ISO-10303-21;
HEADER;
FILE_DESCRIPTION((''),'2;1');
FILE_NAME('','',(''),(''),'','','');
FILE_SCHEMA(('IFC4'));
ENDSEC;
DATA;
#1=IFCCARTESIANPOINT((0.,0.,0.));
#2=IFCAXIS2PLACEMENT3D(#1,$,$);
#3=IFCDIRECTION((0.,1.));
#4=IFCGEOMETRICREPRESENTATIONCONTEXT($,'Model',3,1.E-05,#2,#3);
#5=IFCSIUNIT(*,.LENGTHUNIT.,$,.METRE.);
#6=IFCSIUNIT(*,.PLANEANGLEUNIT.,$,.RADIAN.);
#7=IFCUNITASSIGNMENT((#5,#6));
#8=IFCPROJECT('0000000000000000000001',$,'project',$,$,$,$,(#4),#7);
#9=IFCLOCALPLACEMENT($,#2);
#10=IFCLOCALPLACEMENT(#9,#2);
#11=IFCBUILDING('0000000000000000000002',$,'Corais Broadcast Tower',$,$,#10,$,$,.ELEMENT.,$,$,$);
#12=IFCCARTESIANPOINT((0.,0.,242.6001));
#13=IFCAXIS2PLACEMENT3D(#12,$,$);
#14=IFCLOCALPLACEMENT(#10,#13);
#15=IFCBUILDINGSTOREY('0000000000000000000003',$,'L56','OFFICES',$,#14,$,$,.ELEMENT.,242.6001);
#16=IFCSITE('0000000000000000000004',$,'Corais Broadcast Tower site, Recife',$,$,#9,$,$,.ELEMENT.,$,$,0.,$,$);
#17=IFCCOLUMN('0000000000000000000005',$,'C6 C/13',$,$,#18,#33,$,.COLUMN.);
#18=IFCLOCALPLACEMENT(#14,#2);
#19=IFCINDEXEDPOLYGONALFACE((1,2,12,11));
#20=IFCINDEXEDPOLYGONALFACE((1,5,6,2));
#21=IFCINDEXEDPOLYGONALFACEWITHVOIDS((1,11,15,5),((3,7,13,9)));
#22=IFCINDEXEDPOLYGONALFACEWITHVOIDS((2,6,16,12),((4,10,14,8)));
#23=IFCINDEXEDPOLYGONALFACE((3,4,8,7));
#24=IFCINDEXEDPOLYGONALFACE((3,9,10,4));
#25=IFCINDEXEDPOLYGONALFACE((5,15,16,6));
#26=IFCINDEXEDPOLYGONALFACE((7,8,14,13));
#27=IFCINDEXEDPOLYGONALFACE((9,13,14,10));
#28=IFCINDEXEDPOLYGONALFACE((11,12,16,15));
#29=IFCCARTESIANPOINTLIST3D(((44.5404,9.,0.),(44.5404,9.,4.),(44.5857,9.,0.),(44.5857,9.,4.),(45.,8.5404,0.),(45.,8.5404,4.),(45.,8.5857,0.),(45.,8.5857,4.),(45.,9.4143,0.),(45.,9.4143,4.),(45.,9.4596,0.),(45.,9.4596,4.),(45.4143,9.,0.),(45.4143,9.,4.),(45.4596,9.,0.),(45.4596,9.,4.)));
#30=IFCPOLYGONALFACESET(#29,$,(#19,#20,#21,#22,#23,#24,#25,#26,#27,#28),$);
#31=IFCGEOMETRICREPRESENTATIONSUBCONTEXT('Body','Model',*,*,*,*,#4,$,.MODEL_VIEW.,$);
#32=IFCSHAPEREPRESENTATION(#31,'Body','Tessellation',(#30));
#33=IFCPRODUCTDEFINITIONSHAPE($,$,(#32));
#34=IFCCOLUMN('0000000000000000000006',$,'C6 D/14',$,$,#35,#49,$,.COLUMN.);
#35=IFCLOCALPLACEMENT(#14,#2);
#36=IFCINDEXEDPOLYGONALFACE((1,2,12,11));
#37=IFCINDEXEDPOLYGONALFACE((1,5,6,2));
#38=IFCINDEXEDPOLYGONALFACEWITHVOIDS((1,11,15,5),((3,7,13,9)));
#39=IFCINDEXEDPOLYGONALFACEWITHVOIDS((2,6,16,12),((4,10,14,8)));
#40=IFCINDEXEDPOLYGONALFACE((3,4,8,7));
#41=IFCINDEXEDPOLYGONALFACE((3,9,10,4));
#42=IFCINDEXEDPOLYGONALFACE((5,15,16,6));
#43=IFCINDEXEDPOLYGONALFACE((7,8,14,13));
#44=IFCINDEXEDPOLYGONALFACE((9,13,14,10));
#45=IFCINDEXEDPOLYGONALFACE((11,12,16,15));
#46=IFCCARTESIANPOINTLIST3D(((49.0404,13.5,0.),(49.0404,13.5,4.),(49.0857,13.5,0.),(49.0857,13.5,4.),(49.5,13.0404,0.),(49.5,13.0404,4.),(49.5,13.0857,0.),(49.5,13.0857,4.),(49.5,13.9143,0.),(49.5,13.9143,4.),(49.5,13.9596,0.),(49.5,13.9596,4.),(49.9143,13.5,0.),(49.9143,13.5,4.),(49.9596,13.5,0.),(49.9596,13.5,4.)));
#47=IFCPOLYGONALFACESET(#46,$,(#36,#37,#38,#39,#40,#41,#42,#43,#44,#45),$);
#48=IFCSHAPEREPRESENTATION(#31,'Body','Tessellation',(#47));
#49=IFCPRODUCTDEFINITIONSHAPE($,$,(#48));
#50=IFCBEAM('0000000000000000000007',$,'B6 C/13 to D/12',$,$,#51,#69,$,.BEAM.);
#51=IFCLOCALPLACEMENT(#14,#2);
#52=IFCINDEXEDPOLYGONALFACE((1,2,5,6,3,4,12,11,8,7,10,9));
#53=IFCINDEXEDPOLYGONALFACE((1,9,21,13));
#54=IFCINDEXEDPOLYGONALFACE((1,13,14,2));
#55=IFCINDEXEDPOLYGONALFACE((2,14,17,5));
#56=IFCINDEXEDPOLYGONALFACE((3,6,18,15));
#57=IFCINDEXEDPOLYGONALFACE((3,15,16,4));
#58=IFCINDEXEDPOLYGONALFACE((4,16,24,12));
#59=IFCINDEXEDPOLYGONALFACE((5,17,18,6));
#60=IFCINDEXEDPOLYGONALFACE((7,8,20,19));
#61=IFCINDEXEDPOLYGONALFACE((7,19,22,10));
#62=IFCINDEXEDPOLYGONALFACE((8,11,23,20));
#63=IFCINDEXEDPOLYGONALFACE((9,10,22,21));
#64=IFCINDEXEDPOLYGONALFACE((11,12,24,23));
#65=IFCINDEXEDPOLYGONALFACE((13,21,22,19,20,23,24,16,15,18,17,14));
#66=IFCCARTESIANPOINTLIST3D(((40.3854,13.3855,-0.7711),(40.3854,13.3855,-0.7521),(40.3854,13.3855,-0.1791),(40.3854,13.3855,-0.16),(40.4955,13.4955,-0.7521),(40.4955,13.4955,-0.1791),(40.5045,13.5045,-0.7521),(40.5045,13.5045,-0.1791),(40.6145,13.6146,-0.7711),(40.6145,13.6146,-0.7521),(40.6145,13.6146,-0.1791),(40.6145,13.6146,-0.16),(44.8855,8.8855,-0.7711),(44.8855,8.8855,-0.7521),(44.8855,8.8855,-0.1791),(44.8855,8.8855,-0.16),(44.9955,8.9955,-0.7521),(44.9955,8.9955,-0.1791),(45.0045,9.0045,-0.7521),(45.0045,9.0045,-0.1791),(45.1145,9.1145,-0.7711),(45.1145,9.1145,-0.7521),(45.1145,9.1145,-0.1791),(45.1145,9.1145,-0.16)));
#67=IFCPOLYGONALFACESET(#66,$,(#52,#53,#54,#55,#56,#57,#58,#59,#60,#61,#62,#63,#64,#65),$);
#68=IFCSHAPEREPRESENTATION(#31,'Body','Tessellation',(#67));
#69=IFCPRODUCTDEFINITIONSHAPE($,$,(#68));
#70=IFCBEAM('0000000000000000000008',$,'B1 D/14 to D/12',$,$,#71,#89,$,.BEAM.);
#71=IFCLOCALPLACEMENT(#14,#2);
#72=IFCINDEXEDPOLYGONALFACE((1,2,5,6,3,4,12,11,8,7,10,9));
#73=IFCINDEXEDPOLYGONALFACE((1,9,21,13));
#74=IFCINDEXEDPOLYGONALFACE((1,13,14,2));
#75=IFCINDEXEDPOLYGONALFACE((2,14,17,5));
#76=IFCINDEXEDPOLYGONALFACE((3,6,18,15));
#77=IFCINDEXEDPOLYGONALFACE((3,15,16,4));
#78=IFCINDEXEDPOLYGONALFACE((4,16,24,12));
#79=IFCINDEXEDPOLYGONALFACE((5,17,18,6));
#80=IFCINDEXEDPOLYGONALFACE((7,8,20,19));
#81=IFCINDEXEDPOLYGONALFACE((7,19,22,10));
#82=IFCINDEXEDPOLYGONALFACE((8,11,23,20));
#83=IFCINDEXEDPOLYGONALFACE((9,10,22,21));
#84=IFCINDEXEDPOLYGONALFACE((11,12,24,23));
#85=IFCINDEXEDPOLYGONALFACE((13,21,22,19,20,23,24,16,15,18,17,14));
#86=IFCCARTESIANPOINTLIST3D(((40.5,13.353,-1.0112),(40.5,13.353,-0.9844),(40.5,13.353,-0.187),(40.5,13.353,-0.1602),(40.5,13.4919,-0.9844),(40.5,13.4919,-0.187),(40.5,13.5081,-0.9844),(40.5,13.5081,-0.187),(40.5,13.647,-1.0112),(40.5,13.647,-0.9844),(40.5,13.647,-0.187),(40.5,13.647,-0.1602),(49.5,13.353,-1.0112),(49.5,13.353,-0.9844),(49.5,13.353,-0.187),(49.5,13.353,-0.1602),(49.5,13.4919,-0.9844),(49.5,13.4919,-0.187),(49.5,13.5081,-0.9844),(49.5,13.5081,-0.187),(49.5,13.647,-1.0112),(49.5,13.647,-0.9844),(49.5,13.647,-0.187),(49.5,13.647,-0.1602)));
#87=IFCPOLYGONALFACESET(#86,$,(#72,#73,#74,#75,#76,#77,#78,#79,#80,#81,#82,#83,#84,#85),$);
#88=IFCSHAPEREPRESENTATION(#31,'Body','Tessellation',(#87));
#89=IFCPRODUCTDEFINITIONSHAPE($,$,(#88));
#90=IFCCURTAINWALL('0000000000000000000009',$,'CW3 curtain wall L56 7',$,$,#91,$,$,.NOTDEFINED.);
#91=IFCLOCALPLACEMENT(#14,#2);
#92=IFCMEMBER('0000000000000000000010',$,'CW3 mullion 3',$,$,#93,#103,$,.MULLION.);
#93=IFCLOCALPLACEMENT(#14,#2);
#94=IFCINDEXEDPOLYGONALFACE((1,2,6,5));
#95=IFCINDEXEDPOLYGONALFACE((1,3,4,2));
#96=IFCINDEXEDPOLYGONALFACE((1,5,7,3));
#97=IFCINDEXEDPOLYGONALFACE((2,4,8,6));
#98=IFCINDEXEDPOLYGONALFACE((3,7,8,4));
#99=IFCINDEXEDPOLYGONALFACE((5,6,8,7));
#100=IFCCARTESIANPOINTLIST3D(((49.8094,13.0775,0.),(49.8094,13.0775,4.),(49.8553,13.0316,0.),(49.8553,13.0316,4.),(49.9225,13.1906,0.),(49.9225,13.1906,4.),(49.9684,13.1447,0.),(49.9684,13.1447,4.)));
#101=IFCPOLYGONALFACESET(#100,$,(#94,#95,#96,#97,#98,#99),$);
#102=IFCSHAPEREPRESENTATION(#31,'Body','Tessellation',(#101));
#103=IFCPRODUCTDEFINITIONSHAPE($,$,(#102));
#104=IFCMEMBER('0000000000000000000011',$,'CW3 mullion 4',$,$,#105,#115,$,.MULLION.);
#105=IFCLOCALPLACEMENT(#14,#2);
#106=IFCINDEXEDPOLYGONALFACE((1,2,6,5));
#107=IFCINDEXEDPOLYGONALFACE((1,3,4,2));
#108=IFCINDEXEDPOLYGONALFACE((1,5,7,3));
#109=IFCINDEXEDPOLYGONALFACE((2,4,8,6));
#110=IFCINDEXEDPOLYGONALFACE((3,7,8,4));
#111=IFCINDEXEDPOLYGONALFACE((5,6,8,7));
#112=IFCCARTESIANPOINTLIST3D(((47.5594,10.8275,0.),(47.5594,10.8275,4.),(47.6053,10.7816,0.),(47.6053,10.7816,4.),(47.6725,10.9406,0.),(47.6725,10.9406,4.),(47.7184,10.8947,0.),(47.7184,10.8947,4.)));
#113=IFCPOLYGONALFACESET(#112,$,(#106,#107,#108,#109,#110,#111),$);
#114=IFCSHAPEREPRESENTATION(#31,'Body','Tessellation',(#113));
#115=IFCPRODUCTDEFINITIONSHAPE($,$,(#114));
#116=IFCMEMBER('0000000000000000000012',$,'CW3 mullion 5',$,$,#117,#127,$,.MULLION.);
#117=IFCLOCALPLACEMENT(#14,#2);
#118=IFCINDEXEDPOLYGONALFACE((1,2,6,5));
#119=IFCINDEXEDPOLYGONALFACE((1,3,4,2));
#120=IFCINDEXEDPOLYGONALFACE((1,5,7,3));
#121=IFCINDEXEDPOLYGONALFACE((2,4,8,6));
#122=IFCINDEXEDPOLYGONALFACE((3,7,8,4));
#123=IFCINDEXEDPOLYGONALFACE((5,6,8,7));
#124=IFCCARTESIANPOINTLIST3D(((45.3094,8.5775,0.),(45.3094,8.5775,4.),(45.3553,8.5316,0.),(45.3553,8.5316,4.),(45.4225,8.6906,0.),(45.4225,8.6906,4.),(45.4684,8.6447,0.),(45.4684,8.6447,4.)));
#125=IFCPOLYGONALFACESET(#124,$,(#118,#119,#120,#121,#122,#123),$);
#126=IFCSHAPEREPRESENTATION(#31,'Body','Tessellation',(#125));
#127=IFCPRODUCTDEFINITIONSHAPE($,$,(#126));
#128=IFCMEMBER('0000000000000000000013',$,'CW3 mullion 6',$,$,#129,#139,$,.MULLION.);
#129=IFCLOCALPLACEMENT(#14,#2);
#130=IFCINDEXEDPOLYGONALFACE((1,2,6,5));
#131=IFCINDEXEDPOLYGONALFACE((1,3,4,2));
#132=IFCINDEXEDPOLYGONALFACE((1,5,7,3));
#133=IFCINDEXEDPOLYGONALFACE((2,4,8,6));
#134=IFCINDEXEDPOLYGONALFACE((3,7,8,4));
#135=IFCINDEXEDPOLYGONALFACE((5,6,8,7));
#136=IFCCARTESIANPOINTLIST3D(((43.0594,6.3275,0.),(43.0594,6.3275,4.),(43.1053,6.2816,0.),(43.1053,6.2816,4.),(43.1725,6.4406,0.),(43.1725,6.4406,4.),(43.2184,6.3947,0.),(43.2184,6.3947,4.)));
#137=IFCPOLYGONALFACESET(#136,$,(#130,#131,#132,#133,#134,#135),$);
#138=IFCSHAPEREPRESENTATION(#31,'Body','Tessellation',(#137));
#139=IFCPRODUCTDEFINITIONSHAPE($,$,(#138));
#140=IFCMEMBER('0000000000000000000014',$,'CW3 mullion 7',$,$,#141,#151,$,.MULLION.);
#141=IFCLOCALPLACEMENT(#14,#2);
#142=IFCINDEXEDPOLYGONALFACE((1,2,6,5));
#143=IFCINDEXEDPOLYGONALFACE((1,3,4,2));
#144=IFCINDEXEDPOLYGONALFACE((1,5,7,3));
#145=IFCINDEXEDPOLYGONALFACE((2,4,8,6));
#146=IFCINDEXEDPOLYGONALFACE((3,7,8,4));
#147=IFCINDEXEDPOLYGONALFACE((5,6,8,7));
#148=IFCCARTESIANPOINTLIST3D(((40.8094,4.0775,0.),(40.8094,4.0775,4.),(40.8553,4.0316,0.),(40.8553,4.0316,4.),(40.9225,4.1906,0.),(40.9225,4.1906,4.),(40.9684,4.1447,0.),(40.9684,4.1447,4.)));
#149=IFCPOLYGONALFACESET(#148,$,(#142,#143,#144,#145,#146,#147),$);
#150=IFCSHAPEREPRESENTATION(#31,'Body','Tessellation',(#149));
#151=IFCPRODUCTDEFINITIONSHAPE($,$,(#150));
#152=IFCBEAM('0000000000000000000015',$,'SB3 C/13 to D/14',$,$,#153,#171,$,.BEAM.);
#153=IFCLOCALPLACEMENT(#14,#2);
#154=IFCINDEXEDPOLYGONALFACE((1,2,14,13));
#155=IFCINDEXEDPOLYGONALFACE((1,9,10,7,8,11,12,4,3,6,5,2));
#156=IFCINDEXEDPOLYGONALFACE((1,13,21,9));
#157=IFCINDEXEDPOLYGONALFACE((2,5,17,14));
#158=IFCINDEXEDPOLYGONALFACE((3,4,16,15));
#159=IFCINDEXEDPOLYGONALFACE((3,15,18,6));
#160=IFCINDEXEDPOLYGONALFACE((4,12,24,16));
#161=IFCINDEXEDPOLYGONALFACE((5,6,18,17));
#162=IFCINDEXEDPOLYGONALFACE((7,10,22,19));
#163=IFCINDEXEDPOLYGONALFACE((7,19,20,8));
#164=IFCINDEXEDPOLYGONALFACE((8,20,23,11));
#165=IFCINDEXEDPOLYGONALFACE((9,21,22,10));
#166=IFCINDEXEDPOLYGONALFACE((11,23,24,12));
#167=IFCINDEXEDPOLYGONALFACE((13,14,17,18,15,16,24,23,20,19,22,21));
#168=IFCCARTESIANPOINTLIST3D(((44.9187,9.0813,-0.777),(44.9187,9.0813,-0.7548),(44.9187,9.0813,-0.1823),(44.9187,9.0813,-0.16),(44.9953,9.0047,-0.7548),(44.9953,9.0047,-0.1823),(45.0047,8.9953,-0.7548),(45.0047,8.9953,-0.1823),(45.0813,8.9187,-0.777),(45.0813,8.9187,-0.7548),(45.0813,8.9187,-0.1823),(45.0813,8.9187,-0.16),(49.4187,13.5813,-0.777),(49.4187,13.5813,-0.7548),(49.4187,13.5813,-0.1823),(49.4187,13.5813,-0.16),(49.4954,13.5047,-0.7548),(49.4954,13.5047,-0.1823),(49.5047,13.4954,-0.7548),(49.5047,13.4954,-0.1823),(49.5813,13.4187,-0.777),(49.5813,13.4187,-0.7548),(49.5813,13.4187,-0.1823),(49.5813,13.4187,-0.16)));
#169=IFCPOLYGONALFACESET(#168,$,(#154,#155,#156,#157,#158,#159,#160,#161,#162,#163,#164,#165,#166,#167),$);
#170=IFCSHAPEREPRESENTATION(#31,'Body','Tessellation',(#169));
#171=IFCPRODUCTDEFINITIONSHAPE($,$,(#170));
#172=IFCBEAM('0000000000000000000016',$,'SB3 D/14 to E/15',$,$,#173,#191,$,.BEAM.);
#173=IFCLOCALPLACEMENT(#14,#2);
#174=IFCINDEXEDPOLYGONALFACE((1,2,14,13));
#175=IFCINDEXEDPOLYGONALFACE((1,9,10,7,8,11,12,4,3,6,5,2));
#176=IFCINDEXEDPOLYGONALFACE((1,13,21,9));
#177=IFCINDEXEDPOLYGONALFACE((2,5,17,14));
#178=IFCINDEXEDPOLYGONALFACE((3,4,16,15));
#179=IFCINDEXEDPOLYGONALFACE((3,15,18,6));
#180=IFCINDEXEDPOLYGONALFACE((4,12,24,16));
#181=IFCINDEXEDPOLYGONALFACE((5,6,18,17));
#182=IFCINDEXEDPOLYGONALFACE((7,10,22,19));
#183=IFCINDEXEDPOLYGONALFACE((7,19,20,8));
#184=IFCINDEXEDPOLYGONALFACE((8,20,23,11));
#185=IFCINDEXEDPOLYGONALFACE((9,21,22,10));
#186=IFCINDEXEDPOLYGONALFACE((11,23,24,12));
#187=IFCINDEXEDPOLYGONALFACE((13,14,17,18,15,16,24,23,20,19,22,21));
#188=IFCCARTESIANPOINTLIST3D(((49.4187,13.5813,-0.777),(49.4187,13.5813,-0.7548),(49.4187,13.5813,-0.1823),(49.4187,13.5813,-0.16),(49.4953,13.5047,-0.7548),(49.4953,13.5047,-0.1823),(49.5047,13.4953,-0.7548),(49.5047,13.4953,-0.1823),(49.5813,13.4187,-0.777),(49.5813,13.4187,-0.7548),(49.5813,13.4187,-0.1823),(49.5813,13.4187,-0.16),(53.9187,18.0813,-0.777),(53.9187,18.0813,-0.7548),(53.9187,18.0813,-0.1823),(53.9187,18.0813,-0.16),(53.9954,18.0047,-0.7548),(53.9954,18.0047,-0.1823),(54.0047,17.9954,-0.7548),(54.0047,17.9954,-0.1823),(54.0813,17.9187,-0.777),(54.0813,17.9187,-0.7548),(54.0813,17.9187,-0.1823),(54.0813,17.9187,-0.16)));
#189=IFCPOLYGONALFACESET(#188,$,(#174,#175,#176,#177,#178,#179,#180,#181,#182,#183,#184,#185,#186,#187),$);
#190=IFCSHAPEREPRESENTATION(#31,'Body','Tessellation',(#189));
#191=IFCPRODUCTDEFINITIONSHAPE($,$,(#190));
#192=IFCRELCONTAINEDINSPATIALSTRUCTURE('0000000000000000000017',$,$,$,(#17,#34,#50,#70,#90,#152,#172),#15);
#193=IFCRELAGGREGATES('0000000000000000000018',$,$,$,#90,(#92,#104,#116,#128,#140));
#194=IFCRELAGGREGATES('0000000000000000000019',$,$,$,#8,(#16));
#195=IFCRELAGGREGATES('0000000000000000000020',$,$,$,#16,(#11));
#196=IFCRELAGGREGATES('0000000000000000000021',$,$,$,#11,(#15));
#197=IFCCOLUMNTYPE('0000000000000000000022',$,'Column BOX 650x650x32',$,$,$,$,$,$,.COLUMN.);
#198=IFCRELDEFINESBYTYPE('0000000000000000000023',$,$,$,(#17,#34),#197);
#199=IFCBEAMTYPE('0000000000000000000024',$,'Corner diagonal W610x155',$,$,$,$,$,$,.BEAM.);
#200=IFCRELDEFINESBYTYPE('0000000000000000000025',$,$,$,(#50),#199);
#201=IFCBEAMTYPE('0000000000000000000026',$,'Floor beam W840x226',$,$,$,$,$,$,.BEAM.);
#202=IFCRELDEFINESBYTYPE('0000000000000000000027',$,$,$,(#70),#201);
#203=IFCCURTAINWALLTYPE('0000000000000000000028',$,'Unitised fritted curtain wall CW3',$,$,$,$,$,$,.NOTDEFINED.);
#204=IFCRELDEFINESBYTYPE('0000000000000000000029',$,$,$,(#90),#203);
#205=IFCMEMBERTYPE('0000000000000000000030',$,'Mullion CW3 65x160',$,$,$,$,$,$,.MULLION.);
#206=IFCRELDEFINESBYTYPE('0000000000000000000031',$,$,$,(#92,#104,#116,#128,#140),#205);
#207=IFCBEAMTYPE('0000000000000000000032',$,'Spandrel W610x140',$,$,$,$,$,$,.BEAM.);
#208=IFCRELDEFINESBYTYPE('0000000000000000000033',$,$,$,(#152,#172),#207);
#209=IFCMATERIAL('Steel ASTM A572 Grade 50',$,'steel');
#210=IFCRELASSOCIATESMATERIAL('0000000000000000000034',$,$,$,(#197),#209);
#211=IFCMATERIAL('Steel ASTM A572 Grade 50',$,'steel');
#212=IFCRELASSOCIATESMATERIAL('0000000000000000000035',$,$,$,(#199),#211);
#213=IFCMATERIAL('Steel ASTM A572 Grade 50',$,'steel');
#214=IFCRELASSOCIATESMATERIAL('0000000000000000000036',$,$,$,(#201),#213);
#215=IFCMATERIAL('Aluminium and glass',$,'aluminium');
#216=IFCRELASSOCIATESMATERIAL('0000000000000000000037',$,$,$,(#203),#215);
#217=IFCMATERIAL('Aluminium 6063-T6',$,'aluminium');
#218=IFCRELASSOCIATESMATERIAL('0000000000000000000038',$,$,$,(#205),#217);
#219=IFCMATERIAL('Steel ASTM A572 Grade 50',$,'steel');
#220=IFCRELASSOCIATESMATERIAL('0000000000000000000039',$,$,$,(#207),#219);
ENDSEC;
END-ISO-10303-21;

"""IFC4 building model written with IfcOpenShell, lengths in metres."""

from ifc_helpers import new_model, si_unit, direction, frame, origin, origin_2d, place, context, subcontext, project, spatial, rectangle, hollow_rectangle, i_section, extrude, material, material_profile, profile_set, type_object, element, aggregate, save


model = new_model("IFC4")

# Units and contexts
model_context = context("Model", 3, precision=1e-05, world=origin(), true_north=direction((0.0, 1.0)))
body_context = subcontext(model_context, "Body", "Model", "MODEL_VIEW")
ifc_project = project(units=[si_unit("LENGTHUNIT", "METRE"), si_unit("PLANEANGLEUNIT", "RADIAN")], contexts=[model_context])

# Site, building, storey
site_placement = place(None, origin())
site = spatial("IfcSite", under=ifc_project, at=site_placement, Name="Corais Broadcast Tower site, Recife", CompositionType="ELEMENT", RefElevation=0.0)
building_placement = place(site_placement, origin())
building = spatial("IfcBuilding", under=site, at=building_placement, Name="Corais Broadcast Tower", CompositionType="ELEMENT")
storey_placement = place(building_placement, frame((0.0, 0.0, 242.6001)))
storey = spatial("IfcBuildingStorey", under=building, at=storey_placement, Name="L56", Description="OFFICES", CompositionType="ELEMENT", Elevation=242.6001)

# Columns
ifc_material_1 = material(Name="Steel ASTM A572 Grade 50", Category="steel")
ifc_material_profile_1 = material_profile(ifc_material_1, hollow_rectangle(XDim=0.6499, YDim=0.6499, WallThickness=0.032, at=origin_2d()), Name="BOX 650x650x32")
ifc_profile_set_1 = profile_set([ifc_material_profile_1], Name="Steel ASTM A572 Grade 50")
column_type = type_object("IfcColumnType", Name="Column BOX 650x650x32", PredefinedType="COLUMN", material=ifc_profile_set_1)
for number, where, z_axis, x_axis, name in (
    (1, (45.0, 9.0, 0.0), (0.0, 0.0, 1.0), (0.707107, 0.707107, 0.0), "C6 C/13"),
    (2, (49.5, 13.5, 0.0), (0.0, 0.0, 1.0), (0.707107, 0.707107, 0.0), "C6 D/14"),
):
    element("IfcColumn", number, at=place(storey_placement, frame(where, z_axis=z_axis, x_axis=x_axis)), inside=storey, type_object=column_type, Name=name, PredefinedType="COLUMN", context=body_context, shape_type="SweptSolid", body=[
        extrude(hollow_rectangle(XDim=0.6499, YDim=0.6499, WallThickness=0.032, at=origin_2d()), origin(), (0.0, 0.0, 1.0), 4.0),
    ])

# Beams
ifc_material_2 = material(Name="Steel ASTM A572 Grade 50", Category="steel")
ifc_material_profile_2 = material_profile(ifc_material_2, i_section(OverallWidth=0.324, OverallDepth=0.6111, WebThickness=0.0127, FlangeThickness=0.019, at=origin_2d()), Name="W610x155")
ifc_profile_set_2 = profile_set([ifc_material_profile_2], Name="Steel ASTM A572 Grade 50")
beam_type_1 = type_object("IfcBeamType", Name="Corner diagonal W610x155", PredefinedType="BEAM", material=ifc_profile_set_2)
beam_1_placement = place(storey_placement, frame((45.0, 9.0, -0.4656), z_axis=(-0.707107, 0.707107, 0.0), x_axis=(-0.707107, -0.707107, 0.0)))
element("IfcBeam", 3, at=beam_1_placement, inside=storey, type_object=beam_type_1, Name="B6 C/13 to D/12", PredefinedType="BEAM", context=body_context, shape_type="SweptSolid", body=[
    extrude(i_section(OverallWidth=0.324, OverallDepth=0.6111, WebThickness=0.0127, FlangeThickness=0.019, at=origin_2d()), origin(), (0.0, 0.0, 1.0), 6.364),
])
ifc_material_3 = material(Name="Steel ASTM A572 Grade 50", Category="steel")
ifc_material_profile_3 = material_profile(ifc_material_3, i_section(OverallWidth=0.2939, OverallDepth=0.8511, WebThickness=0.0161, FlangeThickness=0.0269, at=origin_2d()), Name="W840x226")
ifc_profile_set_3 = profile_set([ifc_material_profile_3], Name="Steel ASTM A572 Grade 50")
beam_type_2 = type_object("IfcBeamType", Name="Floor beam W840x226", PredefinedType="BEAM", material=ifc_profile_set_3)
beam_2_placement = place(storey_placement, frame((49.5, 13.5, -0.5857), z_axis=(-1.0, 0.0, 0.0), x_axis=(0.0, -1.0, 0.0)))
element("IfcBeam", 4, at=beam_2_placement, inside=storey, type_object=beam_type_2, Name="B1 D/14 to D/12", PredefinedType="BEAM", context=body_context, shape_type="SweptSolid", body=[
    extrude(i_section(OverallWidth=0.2939, OverallDepth=0.8511, WebThickness=0.0161, FlangeThickness=0.0269, at=origin_2d()), origin(), (0.0, 0.0, 1.0), 9.0),
])

# Curtain wall, members
ifc_material_4 = material(Name="Aluminium and glass", Category="aluminium")
curtain_wall_type = type_object("IfcCurtainWallType", Name="Unitised fritted curtain wall CW3", PredefinedType="NOTDEFINED", material=ifc_material_4)
curtain_wall_placement = place(storey_placement, origin())
curtain_wall = element("IfcCurtainWall", 5, at=curtain_wall_placement, inside=storey, type_object=curtain_wall_type, Name="CW3 curtain wall L56 7", PredefinedType="NOTDEFINED")
ifc_material_5 = material(Name="Aluminium 6063-T6", Category="aluminium")
ifc_material_profile_4 = material_profile(ifc_material_5, rectangle(XDim=0.0649, YDim=0.1599, at=origin_2d()), Name="Mullion CW3 65x160")
ifc_profile_set_4 = profile_set([ifc_material_profile_4], Name="Aluminium 6063-T6")
member_type_1 = type_object("IfcMemberType", Name="Mullion CW3 65x160", PredefinedType="MULLION", material=ifc_profile_set_4)
member_1_placement = place(storey_placement, frame((49.8889, 13.1111, 0.0), z_axis=(0.0, 0.0, 1.0), x_axis=(0.707107, -0.707107, 0.0)))
member_1 = element("IfcMember", 6, at=member_1_placement, type_object=member_type_1, Name="CW3 mullion 3", PredefinedType="MULLION", context=body_context, shape_type="SweptSolid", body=[
    extrude(rectangle(XDim=0.0649, YDim=0.1599, at=origin_2d()), origin(), (0.0, 0.0, 1.0), 4.0),
])
member_2_placement = place(storey_placement, frame((47.6389, 10.8611, 0.0), z_axis=(0.0, 0.0, 1.0), x_axis=(0.707107, -0.707107, 0.0)))
member_2 = element("IfcMember", 7, at=member_2_placement, type_object=member_type_1, Name="CW3 mullion 4", PredefinedType="MULLION", context=body_context, shape_type="SweptSolid", body=[
    extrude(rectangle(XDim=0.0649, YDim=0.1599, at=origin_2d()), origin(), (0.0, 0.0, 1.0), 4.0),
])
member_3_placement = place(storey_placement, frame((45.3889, 8.6111, 0.0), z_axis=(0.0, 0.0, 1.0), x_axis=(0.707107, -0.707107, 0.0)))
member_3 = element("IfcMember", 8, at=member_3_placement, type_object=member_type_1, Name="CW3 mullion 5", PredefinedType="MULLION", context=body_context, shape_type="SweptSolid", body=[
    extrude(rectangle(XDim=0.0649, YDim=0.1599, at=origin_2d()), origin(), (0.0, 0.0, 1.0), 4.0),
])
member_4_placement = place(storey_placement, frame((43.1389, 6.3611, 0.0), z_axis=(0.0, 0.0, 1.0), x_axis=(0.707107, -0.707107, 0.0)))
member_4 = element("IfcMember", 9, at=member_4_placement, type_object=member_type_1, Name="CW3 mullion 6", PredefinedType="MULLION", context=body_context, shape_type="SweptSolid", body=[
    extrude(rectangle(XDim=0.0649, YDim=0.1599, at=origin_2d()), origin(), (0.0, 0.0, 1.0), 4.0),
])
member_5_placement = place(storey_placement, frame((40.8889, 4.1111, 0.0), z_axis=(0.0, 0.0, 1.0), x_axis=(0.707107, -0.707107, 0.0)))
member_5 = element("IfcMember", 10, at=member_5_placement, type_object=member_type_1, Name="CW3 mullion 7", PredefinedType="MULLION", context=body_context, shape_type="SweptSolid", body=[
    extrude(rectangle(XDim=0.0649, YDim=0.1599, at=origin_2d()), origin(), (0.0, 0.0, 1.0), 4.0),
])

# Beams
ifc_material_6 = material(Name="Steel ASTM A572 Grade 50", Category="steel")
ifc_material_profile_5 = material_profile(ifc_material_6, i_section(OverallWidth=0.23, OverallDepth=0.6169, WebThickness=0.0132, FlangeThickness=0.0222, at=origin_2d()), Name="W610x140")
ifc_profile_set_5 = profile_set([ifc_material_profile_5], Name="Steel ASTM A572 Grade 50")
beam_type_3 = type_object("IfcBeamType", Name="Spandrel W610x140", PredefinedType="BEAM", material=ifc_profile_set_5)
for number, where, z_axis, x_axis, name in (
    (11, (45.0, 9.0, -0.4685), (0.707107, 0.707107, 0.0), (-0.707107, 0.707107, 0.0), "SB3 C/13 to D/14"),
    (12, (49.5, 13.5, -0.4685), (0.707107, 0.707107, 0.0), (-0.707107, 0.707107, 0.0), "SB3 D/14 to E/15"),
):
    element("IfcBeam", number, at=place(storey_placement, frame(where, z_axis=z_axis, x_axis=x_axis)), inside=storey, type_object=beam_type_3, Name=name, PredefinedType="BEAM", context=body_context, shape_type="SweptSolid", body=[
        extrude(i_section(OverallWidth=0.23, OverallDepth=0.6169, WebThickness=0.0132, FlangeThickness=0.0222, at=origin_2d()), origin(), (0.0, 0.0, 1.0), 6.364),
    ])

aggregate(curtain_wall, [member_1, member_2, member_3, member_4, member_5])

save(model, "model.ifc")
